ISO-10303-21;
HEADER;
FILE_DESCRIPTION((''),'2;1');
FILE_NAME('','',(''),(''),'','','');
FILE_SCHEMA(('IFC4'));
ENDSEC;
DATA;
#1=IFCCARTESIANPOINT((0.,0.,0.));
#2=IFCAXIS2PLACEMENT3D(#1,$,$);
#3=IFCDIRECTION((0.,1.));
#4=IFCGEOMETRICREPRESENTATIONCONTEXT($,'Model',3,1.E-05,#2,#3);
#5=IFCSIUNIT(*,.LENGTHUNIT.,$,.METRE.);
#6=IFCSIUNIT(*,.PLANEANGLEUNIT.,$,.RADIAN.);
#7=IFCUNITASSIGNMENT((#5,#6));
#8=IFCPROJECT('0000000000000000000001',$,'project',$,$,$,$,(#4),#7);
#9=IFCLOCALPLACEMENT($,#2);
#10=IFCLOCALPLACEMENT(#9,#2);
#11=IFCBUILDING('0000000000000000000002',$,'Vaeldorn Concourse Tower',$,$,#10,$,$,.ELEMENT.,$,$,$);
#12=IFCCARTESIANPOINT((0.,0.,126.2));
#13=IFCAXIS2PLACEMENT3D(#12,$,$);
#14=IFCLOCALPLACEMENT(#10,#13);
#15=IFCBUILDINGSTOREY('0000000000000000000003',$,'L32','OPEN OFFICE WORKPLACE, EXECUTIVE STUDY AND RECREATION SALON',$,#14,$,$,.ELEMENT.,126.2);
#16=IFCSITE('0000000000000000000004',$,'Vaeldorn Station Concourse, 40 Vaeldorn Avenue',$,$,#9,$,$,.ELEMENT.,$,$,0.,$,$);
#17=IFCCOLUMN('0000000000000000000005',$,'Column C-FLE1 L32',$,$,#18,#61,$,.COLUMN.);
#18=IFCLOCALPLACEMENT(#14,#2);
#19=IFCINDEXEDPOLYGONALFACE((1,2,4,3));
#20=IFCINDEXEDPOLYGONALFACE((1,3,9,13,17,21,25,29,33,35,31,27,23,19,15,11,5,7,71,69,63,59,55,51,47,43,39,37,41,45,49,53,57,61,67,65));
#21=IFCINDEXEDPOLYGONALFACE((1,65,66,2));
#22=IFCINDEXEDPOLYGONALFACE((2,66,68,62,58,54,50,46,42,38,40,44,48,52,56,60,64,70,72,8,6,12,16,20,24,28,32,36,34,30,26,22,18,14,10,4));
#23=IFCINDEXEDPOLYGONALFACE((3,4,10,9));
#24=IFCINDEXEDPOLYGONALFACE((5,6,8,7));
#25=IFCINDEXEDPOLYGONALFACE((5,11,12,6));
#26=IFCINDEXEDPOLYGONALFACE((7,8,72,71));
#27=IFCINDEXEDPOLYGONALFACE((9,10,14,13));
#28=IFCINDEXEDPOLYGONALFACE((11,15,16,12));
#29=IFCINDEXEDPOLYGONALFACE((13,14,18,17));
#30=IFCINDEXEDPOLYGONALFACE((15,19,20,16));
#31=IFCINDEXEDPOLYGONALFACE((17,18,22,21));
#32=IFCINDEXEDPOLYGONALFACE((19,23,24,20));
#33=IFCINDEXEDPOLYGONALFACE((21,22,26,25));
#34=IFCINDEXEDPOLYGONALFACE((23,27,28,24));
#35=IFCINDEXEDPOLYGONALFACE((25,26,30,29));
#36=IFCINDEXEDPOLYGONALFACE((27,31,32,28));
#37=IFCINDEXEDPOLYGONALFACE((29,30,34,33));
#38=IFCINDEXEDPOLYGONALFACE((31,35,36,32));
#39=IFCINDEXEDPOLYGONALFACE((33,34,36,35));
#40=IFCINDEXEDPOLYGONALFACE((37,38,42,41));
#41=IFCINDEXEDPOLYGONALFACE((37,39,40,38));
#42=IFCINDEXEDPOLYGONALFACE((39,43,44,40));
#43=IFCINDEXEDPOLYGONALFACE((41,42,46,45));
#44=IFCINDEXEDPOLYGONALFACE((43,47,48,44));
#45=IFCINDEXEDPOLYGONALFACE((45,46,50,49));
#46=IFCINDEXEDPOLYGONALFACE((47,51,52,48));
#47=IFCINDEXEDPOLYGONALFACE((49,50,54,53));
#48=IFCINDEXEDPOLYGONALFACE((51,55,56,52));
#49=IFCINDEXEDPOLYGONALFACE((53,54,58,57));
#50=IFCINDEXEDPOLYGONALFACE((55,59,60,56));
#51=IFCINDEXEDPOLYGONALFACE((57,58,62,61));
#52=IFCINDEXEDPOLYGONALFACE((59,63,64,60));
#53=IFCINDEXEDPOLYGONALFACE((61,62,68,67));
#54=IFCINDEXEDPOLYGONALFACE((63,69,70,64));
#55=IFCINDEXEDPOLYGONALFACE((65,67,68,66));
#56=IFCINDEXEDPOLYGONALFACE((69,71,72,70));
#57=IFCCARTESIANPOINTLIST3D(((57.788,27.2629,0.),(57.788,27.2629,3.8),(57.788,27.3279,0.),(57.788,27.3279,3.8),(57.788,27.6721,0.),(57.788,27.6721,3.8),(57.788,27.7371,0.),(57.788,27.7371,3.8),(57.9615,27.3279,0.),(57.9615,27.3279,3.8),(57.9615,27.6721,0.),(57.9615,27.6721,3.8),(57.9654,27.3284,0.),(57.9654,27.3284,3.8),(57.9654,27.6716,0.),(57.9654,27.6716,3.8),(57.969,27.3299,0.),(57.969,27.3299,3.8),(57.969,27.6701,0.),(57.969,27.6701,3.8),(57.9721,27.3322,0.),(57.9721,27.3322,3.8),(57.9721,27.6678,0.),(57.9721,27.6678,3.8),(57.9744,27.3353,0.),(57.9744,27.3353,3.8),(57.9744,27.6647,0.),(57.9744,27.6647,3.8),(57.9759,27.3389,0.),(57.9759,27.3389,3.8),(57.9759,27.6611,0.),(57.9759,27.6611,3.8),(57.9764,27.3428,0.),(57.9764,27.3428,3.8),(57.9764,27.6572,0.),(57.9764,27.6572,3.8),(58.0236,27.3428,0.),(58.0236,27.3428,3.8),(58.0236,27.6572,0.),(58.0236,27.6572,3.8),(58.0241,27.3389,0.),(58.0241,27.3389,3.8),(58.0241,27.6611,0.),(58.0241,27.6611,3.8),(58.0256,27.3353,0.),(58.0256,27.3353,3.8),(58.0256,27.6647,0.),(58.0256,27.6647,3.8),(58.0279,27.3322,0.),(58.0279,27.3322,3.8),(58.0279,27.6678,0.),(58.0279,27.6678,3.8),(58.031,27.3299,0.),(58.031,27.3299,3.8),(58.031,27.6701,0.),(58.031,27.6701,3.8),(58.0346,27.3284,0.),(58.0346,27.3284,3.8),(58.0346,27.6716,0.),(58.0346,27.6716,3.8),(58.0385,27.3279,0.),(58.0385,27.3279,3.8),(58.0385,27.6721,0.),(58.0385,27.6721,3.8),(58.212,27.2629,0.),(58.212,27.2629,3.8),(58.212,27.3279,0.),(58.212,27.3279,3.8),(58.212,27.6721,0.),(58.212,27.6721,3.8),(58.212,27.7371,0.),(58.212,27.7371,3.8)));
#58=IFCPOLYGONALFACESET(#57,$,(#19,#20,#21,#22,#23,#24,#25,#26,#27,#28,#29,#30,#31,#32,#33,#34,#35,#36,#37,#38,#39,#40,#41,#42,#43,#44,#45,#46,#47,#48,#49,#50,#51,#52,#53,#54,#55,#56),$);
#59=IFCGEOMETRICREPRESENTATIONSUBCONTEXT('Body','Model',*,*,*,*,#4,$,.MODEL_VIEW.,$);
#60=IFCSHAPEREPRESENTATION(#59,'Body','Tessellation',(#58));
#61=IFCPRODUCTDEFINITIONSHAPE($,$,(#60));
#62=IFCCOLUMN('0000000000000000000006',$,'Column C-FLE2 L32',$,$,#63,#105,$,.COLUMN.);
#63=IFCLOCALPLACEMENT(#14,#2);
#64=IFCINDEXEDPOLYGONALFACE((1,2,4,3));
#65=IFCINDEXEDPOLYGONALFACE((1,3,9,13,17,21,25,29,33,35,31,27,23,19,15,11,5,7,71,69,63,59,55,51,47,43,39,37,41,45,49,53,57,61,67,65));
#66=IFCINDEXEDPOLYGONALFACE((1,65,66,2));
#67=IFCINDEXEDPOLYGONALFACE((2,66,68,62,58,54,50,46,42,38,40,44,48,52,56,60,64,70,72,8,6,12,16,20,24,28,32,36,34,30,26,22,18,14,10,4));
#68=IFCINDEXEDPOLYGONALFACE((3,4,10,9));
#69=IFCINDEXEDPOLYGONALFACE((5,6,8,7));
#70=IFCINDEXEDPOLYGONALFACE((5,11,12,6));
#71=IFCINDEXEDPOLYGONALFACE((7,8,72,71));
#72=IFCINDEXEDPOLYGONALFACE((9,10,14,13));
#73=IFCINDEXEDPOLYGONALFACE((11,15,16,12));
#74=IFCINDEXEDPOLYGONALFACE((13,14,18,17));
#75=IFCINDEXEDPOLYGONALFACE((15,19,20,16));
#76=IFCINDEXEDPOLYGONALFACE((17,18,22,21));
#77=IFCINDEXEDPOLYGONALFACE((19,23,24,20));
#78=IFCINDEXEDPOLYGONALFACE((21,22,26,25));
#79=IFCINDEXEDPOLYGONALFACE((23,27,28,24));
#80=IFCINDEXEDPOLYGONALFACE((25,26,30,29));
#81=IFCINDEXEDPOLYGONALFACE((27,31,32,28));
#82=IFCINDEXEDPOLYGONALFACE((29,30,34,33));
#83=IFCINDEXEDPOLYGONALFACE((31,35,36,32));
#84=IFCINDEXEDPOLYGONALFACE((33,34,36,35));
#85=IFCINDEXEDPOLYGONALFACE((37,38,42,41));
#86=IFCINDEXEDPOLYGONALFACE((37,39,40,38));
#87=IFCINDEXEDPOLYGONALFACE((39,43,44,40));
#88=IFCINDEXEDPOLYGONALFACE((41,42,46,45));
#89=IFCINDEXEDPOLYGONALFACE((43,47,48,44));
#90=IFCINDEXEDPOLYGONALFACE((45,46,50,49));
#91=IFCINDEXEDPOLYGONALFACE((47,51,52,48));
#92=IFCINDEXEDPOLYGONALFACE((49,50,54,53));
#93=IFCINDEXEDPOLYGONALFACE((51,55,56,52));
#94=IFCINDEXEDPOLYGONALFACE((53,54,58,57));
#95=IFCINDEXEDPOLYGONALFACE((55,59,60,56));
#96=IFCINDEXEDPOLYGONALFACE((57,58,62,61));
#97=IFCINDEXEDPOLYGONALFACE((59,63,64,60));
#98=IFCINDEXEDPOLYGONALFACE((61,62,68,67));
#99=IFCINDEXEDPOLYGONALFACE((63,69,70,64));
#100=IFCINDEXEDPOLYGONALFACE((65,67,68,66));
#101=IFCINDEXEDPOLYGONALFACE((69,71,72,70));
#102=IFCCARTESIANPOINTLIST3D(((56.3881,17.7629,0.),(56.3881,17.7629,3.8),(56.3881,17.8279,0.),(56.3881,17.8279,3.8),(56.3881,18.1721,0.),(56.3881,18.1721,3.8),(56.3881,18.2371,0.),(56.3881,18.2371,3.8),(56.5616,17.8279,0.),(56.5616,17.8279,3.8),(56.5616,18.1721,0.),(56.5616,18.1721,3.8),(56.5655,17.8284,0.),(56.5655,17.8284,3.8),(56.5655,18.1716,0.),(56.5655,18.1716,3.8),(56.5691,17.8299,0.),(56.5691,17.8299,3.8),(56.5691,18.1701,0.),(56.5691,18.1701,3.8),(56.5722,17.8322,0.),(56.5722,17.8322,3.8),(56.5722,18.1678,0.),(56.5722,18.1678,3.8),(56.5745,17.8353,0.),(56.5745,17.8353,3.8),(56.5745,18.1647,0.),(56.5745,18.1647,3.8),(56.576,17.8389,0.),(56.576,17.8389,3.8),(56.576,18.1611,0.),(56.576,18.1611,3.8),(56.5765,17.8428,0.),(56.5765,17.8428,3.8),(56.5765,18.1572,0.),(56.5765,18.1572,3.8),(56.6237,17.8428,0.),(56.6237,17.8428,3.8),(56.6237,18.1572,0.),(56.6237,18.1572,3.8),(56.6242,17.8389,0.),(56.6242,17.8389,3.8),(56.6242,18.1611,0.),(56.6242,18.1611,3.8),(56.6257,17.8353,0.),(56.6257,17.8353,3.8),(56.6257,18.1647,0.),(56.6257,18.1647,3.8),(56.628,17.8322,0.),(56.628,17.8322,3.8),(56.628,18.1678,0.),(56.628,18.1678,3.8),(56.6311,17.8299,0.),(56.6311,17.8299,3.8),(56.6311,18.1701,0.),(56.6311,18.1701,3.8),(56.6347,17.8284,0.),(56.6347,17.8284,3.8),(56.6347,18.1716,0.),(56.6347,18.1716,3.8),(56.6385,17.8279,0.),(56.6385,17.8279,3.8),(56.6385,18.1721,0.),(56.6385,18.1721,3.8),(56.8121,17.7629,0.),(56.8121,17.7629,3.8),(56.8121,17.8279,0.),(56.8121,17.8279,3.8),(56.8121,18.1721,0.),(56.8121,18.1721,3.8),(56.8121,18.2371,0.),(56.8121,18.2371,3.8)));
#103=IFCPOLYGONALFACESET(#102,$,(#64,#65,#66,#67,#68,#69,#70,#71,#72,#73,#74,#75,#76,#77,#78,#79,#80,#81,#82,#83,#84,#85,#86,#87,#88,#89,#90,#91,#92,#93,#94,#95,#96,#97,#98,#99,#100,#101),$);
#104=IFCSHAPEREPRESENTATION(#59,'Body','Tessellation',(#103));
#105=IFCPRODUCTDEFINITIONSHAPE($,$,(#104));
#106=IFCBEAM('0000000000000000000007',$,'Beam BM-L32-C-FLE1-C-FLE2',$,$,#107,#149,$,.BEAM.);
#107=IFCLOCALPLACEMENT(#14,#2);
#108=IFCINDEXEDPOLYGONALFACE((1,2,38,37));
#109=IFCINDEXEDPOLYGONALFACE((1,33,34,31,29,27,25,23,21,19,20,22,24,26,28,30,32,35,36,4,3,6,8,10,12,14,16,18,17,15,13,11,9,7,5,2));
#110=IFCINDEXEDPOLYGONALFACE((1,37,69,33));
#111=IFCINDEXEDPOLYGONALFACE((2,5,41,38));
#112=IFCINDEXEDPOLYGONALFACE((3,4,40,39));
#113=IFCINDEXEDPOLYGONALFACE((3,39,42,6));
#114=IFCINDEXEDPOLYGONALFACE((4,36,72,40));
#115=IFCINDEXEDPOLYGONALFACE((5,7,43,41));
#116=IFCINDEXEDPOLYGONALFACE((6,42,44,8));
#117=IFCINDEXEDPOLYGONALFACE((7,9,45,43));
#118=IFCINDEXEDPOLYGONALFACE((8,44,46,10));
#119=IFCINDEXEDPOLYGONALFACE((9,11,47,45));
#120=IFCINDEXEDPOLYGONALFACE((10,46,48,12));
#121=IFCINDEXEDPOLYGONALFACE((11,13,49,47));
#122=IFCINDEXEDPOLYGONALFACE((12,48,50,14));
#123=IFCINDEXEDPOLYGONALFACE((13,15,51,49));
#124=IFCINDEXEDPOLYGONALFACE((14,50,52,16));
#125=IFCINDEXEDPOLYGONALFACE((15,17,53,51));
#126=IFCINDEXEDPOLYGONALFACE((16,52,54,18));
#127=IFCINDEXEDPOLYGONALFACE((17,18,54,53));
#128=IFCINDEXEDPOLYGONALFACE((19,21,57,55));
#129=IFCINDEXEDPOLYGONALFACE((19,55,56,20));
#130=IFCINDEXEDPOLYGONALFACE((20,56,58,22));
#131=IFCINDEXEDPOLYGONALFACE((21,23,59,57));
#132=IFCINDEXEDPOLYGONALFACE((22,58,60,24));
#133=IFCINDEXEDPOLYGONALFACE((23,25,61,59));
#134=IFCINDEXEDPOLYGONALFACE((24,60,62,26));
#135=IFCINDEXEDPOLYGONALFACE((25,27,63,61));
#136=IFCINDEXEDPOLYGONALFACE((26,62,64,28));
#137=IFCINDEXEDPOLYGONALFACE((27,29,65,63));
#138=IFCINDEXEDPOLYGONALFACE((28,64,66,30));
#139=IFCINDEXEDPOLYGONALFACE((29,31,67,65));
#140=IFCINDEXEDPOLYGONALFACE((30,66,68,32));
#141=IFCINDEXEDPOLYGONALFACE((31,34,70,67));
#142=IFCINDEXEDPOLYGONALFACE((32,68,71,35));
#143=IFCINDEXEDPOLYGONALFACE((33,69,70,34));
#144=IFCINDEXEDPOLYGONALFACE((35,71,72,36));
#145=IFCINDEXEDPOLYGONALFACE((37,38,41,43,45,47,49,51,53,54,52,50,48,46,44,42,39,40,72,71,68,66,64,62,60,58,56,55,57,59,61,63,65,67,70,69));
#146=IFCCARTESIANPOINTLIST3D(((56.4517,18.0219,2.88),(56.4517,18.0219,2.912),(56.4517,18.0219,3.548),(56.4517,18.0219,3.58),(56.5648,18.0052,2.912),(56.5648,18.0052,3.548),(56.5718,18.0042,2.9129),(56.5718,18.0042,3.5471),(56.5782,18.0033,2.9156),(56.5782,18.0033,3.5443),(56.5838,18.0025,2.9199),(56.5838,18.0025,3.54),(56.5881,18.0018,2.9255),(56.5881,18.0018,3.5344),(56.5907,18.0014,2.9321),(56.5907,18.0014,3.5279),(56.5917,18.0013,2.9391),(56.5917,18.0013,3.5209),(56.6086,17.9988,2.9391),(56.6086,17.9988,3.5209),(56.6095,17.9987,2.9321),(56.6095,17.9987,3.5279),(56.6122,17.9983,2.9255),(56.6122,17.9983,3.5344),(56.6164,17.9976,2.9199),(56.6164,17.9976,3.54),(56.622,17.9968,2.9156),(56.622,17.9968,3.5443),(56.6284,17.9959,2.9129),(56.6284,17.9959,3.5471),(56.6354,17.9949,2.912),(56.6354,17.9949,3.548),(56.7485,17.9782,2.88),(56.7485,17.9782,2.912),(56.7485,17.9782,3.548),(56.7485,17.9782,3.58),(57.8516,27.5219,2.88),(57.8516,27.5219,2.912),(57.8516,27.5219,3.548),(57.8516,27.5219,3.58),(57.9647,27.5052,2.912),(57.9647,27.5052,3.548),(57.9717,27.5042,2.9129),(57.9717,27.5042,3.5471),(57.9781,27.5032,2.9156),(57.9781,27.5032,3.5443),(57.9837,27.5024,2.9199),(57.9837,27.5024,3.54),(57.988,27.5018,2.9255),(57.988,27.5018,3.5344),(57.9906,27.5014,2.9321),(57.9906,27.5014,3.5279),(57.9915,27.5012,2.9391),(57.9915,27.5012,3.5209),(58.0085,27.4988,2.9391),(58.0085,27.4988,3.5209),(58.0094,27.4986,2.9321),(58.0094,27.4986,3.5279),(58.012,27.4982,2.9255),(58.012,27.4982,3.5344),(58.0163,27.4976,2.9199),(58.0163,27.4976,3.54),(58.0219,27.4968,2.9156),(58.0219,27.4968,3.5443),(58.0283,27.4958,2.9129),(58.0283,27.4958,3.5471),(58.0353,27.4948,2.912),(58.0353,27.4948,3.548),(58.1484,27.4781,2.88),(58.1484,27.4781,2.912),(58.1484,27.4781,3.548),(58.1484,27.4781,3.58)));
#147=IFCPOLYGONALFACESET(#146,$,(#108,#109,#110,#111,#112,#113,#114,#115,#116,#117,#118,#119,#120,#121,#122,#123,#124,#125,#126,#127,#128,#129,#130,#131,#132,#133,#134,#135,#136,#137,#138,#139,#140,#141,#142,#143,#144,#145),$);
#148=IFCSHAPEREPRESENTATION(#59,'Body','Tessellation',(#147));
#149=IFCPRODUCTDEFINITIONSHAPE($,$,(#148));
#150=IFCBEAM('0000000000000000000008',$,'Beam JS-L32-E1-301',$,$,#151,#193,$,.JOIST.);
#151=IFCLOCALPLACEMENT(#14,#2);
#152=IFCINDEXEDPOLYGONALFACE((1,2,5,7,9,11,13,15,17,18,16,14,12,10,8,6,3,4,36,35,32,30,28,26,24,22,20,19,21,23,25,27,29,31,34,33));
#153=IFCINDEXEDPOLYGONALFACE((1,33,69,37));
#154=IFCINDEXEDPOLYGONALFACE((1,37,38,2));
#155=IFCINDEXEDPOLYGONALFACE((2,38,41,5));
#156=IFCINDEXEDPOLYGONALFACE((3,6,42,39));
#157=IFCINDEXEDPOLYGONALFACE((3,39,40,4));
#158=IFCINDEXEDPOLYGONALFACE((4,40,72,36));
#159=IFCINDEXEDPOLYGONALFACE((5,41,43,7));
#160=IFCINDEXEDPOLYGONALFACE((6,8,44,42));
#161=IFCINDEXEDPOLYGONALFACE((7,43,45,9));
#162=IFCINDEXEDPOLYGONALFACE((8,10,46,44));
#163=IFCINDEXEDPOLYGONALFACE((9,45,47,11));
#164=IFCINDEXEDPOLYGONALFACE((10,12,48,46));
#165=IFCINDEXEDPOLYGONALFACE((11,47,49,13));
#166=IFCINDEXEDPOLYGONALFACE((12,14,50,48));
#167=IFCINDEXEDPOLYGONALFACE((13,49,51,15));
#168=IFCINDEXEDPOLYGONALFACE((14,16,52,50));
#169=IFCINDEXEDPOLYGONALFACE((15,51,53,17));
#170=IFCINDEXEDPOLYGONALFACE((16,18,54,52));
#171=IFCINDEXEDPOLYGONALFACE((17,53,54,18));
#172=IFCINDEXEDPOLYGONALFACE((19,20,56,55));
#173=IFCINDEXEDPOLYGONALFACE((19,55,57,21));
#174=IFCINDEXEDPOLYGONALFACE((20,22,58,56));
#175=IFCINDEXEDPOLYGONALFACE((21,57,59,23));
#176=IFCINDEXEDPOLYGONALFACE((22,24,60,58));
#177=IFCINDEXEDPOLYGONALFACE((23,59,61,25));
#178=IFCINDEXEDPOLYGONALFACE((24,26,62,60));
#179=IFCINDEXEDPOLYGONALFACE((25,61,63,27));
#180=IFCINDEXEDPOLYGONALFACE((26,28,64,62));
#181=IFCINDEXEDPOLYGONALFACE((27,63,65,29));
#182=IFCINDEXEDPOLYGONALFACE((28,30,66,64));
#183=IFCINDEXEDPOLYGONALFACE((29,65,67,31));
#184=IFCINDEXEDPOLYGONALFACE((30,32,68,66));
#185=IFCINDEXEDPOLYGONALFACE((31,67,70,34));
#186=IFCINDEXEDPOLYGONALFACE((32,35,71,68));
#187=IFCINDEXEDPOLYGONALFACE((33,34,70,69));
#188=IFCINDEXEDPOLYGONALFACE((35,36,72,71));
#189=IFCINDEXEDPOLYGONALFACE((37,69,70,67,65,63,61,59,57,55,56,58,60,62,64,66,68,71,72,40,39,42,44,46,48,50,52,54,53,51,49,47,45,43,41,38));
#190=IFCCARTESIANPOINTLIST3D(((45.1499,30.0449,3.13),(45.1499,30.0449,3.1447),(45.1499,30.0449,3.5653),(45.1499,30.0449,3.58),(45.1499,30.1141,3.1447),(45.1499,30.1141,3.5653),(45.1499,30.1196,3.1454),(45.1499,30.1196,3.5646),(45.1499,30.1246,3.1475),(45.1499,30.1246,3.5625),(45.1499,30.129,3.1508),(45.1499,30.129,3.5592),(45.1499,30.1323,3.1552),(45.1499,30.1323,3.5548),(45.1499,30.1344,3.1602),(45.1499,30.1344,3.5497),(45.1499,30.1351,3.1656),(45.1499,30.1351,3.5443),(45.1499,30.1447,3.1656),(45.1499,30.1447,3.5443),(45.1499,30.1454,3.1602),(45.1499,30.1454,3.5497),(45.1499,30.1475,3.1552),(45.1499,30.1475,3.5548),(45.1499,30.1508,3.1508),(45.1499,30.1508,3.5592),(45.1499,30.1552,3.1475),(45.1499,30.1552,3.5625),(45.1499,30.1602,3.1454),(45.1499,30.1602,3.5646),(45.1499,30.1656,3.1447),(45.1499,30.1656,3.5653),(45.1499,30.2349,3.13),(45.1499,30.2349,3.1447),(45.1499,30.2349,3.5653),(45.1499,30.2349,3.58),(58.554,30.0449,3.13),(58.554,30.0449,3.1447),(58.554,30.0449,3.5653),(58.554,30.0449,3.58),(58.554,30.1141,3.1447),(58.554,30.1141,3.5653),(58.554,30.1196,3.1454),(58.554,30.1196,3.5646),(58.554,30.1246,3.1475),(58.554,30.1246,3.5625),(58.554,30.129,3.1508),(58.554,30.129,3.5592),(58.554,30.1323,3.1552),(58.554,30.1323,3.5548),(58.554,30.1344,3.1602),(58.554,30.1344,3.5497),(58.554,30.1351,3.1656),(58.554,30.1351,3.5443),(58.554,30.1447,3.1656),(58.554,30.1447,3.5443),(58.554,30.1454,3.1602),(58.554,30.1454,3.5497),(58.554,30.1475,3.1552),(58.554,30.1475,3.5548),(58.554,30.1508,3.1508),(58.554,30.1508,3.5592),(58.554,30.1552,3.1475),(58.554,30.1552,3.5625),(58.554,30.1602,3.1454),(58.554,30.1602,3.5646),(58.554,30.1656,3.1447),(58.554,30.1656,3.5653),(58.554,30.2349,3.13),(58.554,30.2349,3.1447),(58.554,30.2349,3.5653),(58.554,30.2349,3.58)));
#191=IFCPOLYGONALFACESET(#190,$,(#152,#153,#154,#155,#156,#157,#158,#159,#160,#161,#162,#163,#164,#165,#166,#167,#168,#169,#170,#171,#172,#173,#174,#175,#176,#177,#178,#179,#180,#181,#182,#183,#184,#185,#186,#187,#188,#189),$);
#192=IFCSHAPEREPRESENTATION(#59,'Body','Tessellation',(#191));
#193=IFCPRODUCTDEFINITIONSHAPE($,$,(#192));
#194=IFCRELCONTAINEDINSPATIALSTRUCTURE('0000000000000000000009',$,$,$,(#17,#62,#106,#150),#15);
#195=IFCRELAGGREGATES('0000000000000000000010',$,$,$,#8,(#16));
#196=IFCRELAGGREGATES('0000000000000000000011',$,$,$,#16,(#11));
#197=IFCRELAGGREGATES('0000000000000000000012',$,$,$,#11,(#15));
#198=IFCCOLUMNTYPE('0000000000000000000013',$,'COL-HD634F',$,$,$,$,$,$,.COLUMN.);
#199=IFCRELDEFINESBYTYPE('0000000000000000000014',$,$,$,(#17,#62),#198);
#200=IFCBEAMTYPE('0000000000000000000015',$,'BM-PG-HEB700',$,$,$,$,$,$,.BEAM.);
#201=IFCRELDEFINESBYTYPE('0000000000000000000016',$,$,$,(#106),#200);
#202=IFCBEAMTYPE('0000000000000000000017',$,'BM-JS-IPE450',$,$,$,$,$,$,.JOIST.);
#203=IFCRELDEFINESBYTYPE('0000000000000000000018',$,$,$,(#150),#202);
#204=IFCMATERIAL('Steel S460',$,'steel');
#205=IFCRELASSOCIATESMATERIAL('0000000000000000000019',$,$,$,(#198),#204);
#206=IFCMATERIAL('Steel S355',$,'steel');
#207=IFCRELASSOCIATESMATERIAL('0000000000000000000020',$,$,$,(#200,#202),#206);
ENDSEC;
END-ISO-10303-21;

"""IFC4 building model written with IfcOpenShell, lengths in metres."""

from ifc_helpers import new_model, si_unit, direction, frame, origin, origin_2d, place, context, subcontext, project, spatial, i_section, extrude, source, transform, mapped, material, material_profile, profile_set, type_object, element, save


model = new_model("IFC4")

# Units and contexts
model_context = context("Model", 3, precision=1e-05, world=origin(), true_north=direction((0.0, 1.0)))
body_context = subcontext(model_context, "Body", "Model", "MODEL_VIEW")
ifc_project = project(units=[si_unit("LENGTHUNIT", "METRE"), si_unit("PLANEANGLEUNIT", "RADIAN")], contexts=[model_context])

# Site, building, storey
site_placement = place(None, origin())
site = spatial("IfcSite", under=ifc_project, at=site_placement, Name="Vaeldorn Station Concourse, 40 Vaeldorn Avenue", CompositionType="ELEMENT", RefElevation=0.0)
building_placement = place(site_placement, origin())
building = spatial("IfcBuilding", under=site, at=building_placement, Name="Vaeldorn Concourse Tower", CompositionType="ELEMENT")
storey_placement = place(building_placement, frame((0.0, 0.0, 126.2)))
storey = spatial("IfcBuildingStorey", under=building, at=storey_placement, Name="L32", Description="OPEN OFFICE WORKPLACE, EXECUTIVE STUDY AND RECREATION SALON", CompositionType="ELEMENT", Elevation=126.2)

# Columns
ifc_material_1 = material(Name="Steel S460", Category="steel")
ifc_material_profile_1 = material_profile(ifc_material_1, i_section(OverallWidth=0.4241, OverallDepth=0.4741, WebThickness=0.0471, FlangeThickness=0.0649, FilletRadius=0.0149, at=origin_2d()), Name="HD 400x634")
ifc_profile_set_1 = profile_set([ifc_material_profile_1], Name="Steel S460")
column_type = type_object("IfcColumnType", Name="COL-HD634F", PredefinedType="COLUMN", material=ifc_profile_set_1)
shared_shape_1 = source(origin(), body_context, "Body", "SweptSolid", [
    extrude(i_section(OverallWidth=0.4241, OverallDepth=0.4741, WebThickness=0.0471, FlangeThickness=0.0649, FilletRadius=0.0149, at=origin_2d()), origin(), (0.0, 0.0, 1.0), 3.8),
])
for number, where, z_axis, x_axis, name in (
    (1, (58.0, 27.5, 0.0), (0.0, 0.0, 1.0), (1.0, 0.0, 0.0), "Column C-FLE1 L32"),
    (2, (56.6001, 18.0, 0.0), (0.0, 0.0, 1.0), (1.0, 0.0, 0.0), "Column C-FLE2 L32"),
):
    element("IfcColumn", number, at=place(storey_placement, frame(where, z_axis=z_axis, x_axis=x_axis)), inside=storey, type_object=column_type, Name=name, PredefinedType="COLUMN", context=body_context, shape_type="MappedRepresentation", body=[
        mapped(shared_shape_1, transform((0.0, 0.0, 0.0), scale=1.0)),
    ])

# Beams
ifc_material_2 = material(Name="Steel S355", Category="steel")
ifc_material_profile_2 = material_profile(ifc_material_2, i_section(OverallWidth=0.3, OverallDepth=0.7, WebThickness=0.0171, FlangeThickness=0.032, FilletRadius=0.0271, at=origin_2d()), Name="HEB 700")
ifc_profile_set_2 = profile_set([ifc_material_profile_2], Name="Steel S355")
beam_type_1 = type_object("IfcBeamType", Name="BM-PG-HEB700", PredefinedType="BEAM", material=ifc_profile_set_2)
shared_shape_2 = source(origin(), body_context, "Body", "SweptSolid", [
    extrude(i_section(OverallWidth=0.3, OverallDepth=0.7, WebThickness=0.0171, FlangeThickness=0.032, FilletRadius=0.0271, at=origin_2d()), origin(), (0.0, 0.0, 1.0), 9.6025),
])
beam_1_placement = place(storey_placement, frame((58.0, 27.5, 3.23), z_axis=(-0.145784, -0.989316, 0.0), x_axis=(0.989316, -0.145784, 0.0)))
element("IfcBeam", 3, at=beam_1_placement, inside=storey, type_object=beam_type_1, Name="Beam BM-L32-C-FLE1-C-FLE2", PredefinedType="BEAM", context=body_context, shape_type="MappedRepresentation", body=[
    mapped(shared_shape_2, transform((0.0, 0.0, 0.0), scale=1.0)),
])
ifc_material_profile_3 = material_profile(ifc_material_2, i_section(OverallWidth=0.1899, OverallDepth=0.45, WebThickness=0.0095, FlangeThickness=0.0146, FilletRadius=0.021, at=origin_2d()), Name="IPE 450")
ifc_profile_set_3 = profile_set([ifc_material_profile_3], Name="Steel S355")
beam_type_2 = type_object("IfcBeamType", Name="BM-JS-IPE450", PredefinedType="JOIST", material=ifc_profile_set_3)
shared_shape_3 = source(origin(), body_context, "Body", "SweptSolid", [
    extrude(i_section(OverallWidth=0.1899, OverallDepth=0.45, WebThickness=0.0095, FlangeThickness=0.0146, FilletRadius=0.021, at=origin_2d()), origin(), (0.0, 0.0, 1.0), 13.4041),
])
beam_2_placement = place(storey_placement, frame((45.1499, 30.1399, 3.355), z_axis=(1.0, 0.0, 0.0), x_axis=(0.0, 1.0, 0.0)))
element("IfcBeam", 4, at=beam_2_placement, inside=storey, type_object=beam_type_2, Name="Beam JS-L32-E1-301", PredefinedType="JOIST", context=body_context, shape_type="MappedRepresentation", body=[
    mapped(shared_shape_3, transform((0.0, 0.0, 0.0), scale=1.0)),
])

save(model, "model.ifc")
